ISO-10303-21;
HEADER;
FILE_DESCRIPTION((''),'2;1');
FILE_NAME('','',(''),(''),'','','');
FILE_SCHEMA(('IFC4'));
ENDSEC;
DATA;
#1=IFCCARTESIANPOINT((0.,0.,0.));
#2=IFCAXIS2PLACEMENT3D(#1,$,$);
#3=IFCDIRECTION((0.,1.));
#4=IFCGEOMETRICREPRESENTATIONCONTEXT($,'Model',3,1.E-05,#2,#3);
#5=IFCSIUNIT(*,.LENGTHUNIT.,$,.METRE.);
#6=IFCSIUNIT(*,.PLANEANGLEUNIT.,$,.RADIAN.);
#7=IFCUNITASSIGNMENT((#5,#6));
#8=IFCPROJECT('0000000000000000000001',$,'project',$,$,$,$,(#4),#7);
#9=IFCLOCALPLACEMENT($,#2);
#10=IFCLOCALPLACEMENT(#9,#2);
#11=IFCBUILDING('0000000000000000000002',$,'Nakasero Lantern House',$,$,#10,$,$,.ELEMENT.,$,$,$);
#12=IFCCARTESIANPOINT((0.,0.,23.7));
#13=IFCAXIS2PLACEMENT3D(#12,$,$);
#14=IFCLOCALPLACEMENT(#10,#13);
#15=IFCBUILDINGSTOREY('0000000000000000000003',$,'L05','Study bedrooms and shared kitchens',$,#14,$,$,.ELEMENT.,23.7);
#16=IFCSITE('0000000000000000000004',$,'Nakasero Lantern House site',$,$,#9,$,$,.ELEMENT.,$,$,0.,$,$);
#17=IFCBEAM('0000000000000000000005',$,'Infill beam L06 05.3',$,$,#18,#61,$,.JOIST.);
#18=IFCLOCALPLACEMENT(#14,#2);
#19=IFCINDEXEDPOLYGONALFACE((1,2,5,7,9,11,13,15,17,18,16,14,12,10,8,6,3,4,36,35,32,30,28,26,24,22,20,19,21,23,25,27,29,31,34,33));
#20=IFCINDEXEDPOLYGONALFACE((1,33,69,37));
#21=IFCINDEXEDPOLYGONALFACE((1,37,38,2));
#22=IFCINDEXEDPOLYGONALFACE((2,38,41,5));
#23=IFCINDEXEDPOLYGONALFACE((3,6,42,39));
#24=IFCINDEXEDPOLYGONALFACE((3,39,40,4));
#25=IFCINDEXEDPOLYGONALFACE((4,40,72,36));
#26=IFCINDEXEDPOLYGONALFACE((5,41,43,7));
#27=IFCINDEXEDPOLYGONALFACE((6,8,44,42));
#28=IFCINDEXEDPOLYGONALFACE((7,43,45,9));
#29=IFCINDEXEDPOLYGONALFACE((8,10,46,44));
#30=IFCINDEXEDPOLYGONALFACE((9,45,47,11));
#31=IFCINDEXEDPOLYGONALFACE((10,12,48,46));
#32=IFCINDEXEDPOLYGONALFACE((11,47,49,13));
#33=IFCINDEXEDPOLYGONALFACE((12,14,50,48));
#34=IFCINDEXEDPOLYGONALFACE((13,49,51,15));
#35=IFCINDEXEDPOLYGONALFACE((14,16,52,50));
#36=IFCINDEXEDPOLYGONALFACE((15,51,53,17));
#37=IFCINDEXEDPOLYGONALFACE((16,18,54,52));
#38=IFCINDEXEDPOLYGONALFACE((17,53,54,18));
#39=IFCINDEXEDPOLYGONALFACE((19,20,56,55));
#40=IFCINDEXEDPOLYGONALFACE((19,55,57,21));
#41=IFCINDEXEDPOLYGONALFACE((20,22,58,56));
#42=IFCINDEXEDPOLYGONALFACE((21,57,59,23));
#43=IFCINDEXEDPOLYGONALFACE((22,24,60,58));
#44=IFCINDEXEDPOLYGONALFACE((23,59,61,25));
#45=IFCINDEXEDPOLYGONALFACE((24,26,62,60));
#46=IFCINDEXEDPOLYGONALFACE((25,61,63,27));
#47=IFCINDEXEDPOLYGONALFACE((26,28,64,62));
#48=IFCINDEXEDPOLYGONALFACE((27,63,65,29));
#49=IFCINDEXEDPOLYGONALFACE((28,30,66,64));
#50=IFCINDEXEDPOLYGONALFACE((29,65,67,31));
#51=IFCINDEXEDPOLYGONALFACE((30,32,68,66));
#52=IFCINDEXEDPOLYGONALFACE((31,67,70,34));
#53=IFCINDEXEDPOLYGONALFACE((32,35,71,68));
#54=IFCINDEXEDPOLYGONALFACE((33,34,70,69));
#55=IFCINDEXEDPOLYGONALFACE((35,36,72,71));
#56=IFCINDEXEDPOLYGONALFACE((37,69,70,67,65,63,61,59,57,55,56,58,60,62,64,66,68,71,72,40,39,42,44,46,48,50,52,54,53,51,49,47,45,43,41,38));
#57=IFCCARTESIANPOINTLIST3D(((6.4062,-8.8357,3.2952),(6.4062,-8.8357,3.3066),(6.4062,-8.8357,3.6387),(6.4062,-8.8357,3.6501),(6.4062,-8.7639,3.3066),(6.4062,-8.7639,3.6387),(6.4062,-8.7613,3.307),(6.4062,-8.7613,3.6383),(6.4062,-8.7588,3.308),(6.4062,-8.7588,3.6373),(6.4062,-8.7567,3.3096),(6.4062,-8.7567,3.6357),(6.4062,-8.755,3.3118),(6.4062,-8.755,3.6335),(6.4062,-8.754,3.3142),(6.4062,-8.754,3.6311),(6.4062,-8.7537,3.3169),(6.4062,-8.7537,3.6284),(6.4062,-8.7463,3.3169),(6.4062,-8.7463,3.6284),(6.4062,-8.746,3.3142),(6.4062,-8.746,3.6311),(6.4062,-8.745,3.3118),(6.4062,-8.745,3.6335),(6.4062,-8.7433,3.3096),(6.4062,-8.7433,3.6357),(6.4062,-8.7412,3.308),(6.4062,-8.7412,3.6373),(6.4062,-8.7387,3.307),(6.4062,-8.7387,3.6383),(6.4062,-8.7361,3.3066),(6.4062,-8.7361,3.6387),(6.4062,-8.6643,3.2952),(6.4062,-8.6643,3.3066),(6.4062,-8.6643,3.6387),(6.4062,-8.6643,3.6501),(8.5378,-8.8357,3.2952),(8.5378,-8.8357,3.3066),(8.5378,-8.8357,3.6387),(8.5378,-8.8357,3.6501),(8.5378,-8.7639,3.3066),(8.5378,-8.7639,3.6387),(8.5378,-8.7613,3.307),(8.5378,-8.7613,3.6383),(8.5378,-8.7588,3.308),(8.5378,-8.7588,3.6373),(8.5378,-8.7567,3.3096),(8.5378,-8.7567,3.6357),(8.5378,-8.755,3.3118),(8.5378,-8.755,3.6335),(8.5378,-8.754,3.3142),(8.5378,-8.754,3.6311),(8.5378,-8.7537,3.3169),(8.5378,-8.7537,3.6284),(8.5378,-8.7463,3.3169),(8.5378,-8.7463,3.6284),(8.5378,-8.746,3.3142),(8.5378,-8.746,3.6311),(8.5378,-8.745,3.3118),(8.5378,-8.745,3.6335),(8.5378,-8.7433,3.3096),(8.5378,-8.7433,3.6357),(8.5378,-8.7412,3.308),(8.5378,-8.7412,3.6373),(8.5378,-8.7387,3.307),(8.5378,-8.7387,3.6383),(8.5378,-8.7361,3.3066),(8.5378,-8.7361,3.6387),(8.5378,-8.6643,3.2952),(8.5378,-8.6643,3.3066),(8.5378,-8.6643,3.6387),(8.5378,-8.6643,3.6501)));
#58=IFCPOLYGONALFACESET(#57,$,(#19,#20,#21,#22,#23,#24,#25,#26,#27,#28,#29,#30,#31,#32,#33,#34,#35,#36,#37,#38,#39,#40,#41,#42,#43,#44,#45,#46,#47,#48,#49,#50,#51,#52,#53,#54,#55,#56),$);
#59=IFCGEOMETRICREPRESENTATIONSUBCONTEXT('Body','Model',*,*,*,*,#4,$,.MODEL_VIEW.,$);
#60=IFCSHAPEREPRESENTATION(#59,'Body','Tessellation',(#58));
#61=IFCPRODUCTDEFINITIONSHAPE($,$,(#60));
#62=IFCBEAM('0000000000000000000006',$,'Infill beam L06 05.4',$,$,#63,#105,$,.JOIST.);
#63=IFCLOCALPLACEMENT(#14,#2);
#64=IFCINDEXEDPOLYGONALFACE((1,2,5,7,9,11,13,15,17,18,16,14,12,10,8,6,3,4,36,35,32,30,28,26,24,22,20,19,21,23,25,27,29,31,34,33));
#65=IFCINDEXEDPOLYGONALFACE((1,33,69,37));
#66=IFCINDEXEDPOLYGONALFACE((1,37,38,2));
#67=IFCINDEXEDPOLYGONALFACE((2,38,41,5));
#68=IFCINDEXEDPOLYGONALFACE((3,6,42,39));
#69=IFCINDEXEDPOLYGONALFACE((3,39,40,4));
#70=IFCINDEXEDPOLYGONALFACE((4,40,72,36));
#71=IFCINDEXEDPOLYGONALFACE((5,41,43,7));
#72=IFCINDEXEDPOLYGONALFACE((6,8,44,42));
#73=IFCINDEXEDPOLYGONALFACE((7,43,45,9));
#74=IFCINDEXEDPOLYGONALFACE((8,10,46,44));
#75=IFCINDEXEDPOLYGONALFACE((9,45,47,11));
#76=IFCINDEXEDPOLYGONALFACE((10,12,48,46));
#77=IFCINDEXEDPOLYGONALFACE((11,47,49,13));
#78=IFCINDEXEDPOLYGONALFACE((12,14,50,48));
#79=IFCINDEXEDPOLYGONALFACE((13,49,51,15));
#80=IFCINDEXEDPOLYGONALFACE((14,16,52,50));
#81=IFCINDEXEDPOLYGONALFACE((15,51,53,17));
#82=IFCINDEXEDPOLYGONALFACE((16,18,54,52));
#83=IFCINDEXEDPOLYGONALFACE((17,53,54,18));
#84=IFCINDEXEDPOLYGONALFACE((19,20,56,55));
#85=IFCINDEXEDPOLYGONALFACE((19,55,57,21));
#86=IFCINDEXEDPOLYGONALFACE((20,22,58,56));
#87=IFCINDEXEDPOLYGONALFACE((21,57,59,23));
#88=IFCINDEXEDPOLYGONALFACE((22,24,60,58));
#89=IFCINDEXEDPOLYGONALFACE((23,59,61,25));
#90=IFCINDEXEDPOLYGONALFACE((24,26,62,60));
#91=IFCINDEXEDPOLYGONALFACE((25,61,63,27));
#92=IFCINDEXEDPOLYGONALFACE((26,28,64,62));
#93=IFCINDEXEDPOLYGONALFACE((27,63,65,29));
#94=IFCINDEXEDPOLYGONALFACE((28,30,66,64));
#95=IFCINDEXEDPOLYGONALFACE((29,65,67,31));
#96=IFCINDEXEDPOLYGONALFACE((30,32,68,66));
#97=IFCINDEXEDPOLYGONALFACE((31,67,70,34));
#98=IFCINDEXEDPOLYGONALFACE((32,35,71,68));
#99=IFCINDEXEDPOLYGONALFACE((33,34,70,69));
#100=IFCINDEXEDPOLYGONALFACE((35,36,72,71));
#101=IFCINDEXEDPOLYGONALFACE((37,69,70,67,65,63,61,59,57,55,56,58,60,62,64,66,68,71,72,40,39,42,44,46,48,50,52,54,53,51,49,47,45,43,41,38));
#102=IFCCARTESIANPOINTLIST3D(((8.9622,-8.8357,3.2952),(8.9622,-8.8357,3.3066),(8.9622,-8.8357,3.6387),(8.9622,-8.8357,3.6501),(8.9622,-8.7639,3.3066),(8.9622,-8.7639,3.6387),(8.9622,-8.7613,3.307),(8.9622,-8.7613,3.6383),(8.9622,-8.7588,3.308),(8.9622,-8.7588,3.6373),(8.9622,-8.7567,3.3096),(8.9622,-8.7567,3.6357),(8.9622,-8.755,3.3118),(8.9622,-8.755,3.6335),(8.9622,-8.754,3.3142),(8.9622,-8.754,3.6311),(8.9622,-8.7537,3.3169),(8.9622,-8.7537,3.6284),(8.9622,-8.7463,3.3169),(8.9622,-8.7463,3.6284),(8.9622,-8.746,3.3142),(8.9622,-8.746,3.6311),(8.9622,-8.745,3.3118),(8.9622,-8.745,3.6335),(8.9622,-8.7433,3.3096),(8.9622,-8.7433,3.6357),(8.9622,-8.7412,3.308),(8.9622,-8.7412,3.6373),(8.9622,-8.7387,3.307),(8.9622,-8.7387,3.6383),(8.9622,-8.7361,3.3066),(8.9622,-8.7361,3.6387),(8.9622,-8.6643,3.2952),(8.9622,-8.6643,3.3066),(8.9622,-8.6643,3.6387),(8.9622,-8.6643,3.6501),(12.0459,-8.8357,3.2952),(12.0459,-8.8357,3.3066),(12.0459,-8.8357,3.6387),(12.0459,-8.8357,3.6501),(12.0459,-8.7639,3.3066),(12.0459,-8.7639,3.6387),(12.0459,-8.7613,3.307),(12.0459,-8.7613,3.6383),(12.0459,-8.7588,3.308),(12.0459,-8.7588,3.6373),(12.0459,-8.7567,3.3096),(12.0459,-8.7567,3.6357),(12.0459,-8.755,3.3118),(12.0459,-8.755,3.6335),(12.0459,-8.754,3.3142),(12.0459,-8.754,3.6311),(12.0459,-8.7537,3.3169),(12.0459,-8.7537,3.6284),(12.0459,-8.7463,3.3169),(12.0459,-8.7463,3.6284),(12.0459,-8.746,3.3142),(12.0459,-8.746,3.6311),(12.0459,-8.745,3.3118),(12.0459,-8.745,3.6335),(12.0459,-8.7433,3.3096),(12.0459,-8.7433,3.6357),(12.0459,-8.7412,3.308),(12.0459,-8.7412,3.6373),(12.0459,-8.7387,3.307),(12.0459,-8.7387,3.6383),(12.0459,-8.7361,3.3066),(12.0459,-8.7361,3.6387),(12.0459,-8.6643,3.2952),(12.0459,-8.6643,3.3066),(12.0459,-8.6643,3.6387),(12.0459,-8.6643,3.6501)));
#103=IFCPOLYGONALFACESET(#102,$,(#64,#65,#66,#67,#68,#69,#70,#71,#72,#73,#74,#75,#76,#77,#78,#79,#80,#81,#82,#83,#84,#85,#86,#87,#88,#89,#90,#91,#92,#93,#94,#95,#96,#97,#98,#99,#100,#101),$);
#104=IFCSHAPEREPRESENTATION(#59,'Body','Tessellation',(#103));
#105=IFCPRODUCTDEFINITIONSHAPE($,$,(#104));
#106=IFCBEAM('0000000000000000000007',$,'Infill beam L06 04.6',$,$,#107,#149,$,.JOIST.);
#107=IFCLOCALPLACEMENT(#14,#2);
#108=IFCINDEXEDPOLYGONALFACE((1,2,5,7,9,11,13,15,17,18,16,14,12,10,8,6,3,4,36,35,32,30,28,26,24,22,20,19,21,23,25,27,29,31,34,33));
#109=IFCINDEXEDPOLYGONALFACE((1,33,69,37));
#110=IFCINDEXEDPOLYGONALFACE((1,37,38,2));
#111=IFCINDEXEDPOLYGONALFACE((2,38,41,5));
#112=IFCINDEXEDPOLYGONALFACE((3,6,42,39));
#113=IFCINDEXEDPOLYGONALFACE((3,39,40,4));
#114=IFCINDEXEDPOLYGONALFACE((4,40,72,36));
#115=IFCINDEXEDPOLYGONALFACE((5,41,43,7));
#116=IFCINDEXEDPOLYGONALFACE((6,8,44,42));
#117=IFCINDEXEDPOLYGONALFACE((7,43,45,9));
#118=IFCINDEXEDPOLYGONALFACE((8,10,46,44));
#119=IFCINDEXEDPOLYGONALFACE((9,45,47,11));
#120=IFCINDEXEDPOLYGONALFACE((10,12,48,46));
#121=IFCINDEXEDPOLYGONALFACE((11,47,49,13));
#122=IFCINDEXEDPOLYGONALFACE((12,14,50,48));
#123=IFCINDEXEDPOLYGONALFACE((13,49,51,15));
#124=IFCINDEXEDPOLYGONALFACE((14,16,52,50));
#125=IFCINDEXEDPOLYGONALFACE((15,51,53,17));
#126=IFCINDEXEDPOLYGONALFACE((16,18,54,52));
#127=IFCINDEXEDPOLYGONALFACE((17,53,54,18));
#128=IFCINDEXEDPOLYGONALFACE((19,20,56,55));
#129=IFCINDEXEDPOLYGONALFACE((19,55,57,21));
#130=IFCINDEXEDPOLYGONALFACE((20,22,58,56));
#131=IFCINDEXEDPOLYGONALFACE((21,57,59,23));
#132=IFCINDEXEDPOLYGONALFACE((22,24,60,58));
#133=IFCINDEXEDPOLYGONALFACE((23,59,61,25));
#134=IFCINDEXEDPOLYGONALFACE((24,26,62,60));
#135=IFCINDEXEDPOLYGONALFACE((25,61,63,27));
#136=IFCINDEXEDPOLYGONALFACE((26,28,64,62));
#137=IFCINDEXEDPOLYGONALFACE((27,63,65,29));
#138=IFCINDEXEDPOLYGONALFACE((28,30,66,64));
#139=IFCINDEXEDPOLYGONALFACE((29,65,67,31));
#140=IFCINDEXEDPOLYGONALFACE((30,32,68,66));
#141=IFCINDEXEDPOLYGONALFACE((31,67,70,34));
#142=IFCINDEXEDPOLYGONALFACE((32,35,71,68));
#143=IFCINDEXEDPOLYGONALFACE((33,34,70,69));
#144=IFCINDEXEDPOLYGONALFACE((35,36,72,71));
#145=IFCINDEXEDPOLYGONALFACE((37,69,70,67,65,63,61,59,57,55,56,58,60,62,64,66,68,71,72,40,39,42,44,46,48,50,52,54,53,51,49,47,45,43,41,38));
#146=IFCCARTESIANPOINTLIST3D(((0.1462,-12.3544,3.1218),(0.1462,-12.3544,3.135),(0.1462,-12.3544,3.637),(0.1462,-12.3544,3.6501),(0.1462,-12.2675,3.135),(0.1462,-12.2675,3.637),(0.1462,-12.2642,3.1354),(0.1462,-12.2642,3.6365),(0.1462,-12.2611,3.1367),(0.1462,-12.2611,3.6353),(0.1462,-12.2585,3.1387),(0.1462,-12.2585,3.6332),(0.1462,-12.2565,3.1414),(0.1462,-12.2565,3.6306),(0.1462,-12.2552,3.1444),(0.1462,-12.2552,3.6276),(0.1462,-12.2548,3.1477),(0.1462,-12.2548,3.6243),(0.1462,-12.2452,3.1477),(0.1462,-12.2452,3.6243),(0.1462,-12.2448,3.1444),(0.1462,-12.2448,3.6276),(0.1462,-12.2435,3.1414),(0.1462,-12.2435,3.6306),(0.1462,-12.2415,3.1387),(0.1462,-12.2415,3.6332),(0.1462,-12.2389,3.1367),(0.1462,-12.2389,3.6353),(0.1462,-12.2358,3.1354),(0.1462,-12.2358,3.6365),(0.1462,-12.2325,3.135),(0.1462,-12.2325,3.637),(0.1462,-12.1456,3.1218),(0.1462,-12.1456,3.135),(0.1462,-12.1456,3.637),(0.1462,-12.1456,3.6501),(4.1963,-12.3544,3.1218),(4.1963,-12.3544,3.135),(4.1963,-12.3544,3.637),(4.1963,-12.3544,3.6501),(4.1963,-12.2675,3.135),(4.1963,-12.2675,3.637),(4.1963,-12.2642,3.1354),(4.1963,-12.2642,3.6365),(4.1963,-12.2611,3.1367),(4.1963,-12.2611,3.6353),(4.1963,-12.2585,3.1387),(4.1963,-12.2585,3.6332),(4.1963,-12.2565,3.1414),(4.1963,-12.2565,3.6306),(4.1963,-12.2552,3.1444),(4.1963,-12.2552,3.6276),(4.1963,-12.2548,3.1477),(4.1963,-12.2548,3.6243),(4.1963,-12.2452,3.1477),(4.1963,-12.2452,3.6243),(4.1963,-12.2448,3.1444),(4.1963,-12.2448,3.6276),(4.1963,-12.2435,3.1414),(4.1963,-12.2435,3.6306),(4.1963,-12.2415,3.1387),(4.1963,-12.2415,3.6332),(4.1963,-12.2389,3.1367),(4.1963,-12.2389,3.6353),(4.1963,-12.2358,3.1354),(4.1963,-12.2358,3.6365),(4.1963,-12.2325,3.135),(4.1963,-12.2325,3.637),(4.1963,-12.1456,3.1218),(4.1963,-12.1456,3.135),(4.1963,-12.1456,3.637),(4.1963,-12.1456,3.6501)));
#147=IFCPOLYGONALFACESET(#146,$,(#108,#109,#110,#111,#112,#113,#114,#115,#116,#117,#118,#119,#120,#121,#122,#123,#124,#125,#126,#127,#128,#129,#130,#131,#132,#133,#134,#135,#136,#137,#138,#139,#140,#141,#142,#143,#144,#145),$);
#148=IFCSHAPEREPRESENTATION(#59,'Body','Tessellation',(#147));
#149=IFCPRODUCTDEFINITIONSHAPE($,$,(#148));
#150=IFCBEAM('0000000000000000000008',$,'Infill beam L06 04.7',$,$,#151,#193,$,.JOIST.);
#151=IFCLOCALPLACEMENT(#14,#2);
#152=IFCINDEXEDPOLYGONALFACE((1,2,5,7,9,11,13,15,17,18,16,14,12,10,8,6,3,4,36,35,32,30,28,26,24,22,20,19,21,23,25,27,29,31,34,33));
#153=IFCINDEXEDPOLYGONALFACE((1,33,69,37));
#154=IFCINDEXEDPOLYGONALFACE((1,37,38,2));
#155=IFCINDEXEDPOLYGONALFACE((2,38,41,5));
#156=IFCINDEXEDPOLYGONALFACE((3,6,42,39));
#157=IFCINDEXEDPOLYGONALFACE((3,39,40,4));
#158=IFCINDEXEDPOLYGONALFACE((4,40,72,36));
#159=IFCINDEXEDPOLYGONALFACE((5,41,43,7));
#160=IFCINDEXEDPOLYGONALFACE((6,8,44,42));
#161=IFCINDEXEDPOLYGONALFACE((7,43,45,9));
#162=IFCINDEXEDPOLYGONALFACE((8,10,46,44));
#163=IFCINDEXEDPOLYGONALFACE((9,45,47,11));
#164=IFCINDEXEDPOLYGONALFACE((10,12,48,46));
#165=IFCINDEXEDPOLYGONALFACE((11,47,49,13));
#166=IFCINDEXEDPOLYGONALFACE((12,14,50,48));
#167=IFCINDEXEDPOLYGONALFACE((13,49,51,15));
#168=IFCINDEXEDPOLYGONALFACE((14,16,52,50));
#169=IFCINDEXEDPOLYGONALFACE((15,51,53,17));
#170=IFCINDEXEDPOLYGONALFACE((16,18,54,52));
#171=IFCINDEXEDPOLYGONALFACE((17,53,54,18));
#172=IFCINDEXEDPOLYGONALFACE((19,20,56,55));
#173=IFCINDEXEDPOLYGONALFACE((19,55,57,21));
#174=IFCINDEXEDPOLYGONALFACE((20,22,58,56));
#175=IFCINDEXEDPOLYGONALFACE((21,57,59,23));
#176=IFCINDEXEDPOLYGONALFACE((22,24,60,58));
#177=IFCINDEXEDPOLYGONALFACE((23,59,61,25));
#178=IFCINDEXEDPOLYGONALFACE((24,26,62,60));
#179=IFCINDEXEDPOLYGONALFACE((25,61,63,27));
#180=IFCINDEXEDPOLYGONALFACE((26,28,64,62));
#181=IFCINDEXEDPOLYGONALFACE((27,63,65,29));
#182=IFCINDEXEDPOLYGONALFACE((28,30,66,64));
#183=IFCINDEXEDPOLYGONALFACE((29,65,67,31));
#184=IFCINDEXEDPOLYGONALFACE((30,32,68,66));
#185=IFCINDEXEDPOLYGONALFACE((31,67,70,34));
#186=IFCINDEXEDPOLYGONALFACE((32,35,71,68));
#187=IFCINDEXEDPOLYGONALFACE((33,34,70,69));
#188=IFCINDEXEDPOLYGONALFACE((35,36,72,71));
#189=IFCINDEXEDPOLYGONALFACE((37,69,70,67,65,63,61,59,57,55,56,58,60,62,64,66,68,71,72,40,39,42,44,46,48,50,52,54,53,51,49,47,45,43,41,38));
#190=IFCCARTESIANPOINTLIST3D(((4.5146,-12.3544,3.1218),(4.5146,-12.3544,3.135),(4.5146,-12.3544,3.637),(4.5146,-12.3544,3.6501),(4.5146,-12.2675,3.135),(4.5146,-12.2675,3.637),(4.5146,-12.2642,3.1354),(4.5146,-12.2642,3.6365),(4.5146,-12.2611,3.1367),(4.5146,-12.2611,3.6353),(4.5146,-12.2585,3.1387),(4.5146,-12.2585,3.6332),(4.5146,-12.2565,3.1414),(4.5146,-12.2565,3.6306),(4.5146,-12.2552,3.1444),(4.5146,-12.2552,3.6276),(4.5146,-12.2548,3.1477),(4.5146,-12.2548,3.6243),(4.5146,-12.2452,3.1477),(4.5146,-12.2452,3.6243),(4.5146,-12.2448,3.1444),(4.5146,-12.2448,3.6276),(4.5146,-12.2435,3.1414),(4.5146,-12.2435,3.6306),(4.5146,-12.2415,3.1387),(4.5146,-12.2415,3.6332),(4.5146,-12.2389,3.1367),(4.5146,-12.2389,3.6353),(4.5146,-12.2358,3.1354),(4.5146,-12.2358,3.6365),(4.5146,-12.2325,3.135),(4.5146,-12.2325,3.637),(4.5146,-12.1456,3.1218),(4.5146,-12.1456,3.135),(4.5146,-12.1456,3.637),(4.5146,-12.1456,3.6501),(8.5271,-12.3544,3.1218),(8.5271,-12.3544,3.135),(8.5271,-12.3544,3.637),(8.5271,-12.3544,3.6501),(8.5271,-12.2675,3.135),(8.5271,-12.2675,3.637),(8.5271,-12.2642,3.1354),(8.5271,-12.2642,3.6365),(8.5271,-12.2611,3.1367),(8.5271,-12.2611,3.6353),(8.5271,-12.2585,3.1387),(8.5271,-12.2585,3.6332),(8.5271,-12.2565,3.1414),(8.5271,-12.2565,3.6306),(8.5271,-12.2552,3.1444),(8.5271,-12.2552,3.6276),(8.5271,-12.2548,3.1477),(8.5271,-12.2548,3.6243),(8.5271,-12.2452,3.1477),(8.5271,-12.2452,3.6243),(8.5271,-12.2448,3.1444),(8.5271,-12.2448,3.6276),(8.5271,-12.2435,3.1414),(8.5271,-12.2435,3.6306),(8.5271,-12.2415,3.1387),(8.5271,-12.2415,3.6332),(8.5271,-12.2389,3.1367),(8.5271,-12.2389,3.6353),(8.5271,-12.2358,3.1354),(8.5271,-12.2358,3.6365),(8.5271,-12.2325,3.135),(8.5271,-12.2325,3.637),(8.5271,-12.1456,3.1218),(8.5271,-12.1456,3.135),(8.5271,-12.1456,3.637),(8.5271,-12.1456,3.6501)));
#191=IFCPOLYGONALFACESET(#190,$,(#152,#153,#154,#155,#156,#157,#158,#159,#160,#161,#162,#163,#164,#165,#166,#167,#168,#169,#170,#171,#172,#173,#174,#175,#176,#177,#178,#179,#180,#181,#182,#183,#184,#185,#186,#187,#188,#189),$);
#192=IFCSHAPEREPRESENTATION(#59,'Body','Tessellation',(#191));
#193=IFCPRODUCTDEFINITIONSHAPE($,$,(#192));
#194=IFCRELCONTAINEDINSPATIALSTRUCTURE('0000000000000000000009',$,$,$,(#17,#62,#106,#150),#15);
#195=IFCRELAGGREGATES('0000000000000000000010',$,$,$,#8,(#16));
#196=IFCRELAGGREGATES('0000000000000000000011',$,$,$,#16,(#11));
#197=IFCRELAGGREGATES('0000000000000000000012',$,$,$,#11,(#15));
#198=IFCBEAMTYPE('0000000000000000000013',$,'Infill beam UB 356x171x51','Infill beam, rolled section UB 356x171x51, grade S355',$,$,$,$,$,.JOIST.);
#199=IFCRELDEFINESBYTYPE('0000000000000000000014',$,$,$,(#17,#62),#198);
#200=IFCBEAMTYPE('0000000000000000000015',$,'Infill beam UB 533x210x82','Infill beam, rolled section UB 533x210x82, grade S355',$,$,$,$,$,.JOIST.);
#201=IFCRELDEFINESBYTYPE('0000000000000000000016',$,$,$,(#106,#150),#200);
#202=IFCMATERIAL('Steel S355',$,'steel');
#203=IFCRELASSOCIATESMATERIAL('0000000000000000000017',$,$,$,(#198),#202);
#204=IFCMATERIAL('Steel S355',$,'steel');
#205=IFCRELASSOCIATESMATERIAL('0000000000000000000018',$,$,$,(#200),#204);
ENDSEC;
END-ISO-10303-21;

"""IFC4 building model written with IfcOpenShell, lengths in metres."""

from ifc_helpers import new_model, si_unit, direction, frame, origin, origin_2d, place, context, subcontext, project, spatial, i_section, extrude, material, material_profile, profile_set, type_object, element, save


model = new_model("IFC4")

# Units and contexts
model_context = context("Model", 3, precision=1e-05, world=origin(), true_north=direction((0.0, 1.0)))
body_context = subcontext(model_context, "Body", "Model", "MODEL_VIEW")
ifc_project = project(units=[si_unit("LENGTHUNIT", "METRE"), si_unit("PLANEANGLEUNIT", "RADIAN")], contexts=[model_context])

# Site, building, storey
site_placement = place(None, origin())
site = spatial("IfcSite", under=ifc_project, at=site_placement, Name="Nakasero Lantern House site", CompositionType="ELEMENT", RefElevation=0.0)
building_placement = place(site_placement, origin())
building = spatial("IfcBuilding", under=site, at=building_placement, Name="Nakasero Lantern House", CompositionType="ELEMENT")
storey_placement = place(building_placement, frame((0.0, 0.0, 23.7)))
storey = spatial("IfcBuildingStorey", under=building, at=storey_placement, Name="L05", Description="Study bedrooms and shared kitchens", CompositionType="ELEMENT", Elevation=23.7)

# Beams
ifc_material_1 = material(Name="Steel S355", Category="steel")
ifc_material_profile_1 = material_profile(ifc_material_1, i_section(OverallWidth=0.1714, OverallDepth=0.355, WebThickness=0.0073, FlangeThickness=0.0115, FilletRadius=0.0103, at=origin_2d()), Name="UB 356x171x51")
ifc_profile_set_1 = profile_set([ifc_material_profile_1], Name="Steel S355")
beam_type_1 = type_object("IfcBeamType", Name="Infill beam UB 356x171x51", Description="Infill beam, rolled section UB 356x171x51, grade S355", PredefinedType="JOIST", material=ifc_profile_set_1)
beam_1_placement = place(storey_placement, frame((6.4062, -8.75, 3.4727), z_axis=(1.0, 0.0, 0.0), x_axis=(0.0, 1.0, 0.0)))
element("IfcBeam", 1, at=beam_1_placement, inside=storey, type_object=beam_type_1, Name="Infill beam L06 05.3", PredefinedType="JOIST", context=body_context, shape_type="SweptSolid", body=[
    extrude(i_section(OverallWidth=0.1714, OverallDepth=0.355, WebThickness=0.0073, FlangeThickness=0.0115, FilletRadius=0.0103, at=origin_2d()), origin(), (0.0, 0.0, 1.0), 2.1316),
])
beam_2_placement = place(storey_placement, frame((8.9622, -8.75, 3.4727), z_axis=(1.0, 0.0, 0.0), x_axis=(0.0, 1.0, 0.0)))
element("IfcBeam", 2, at=beam_2_placement, inside=storey, type_object=beam_type_1, Name="Infill beam L06 05.4", PredefinedType="JOIST", context=body_context, shape_type="SweptSolid", body=[
    extrude(i_section(OverallWidth=0.1714, OverallDepth=0.355, WebThickness=0.0073, FlangeThickness=0.0115, FilletRadius=0.0103, at=origin_2d()), origin(), (0.0, 0.0, 1.0), 3.0837),
])
ifc_material_2 = material(Name="Steel S355", Category="steel")
ifc_material_profile_2 = material_profile(ifc_material_2, i_section(OverallWidth=0.2087, OverallDepth=0.5283, WebThickness=0.0095, FlangeThickness=0.0132, FilletRadius=0.0127, at=origin_2d()), Name="UB 533x210x82")
ifc_profile_set_2 = profile_set([ifc_material_profile_2], Name="Steel S355")
beam_type_2 = type_object("IfcBeamType", Name="Infill beam UB 533x210x82", Description="Infill beam, rolled section UB 533x210x82, grade S355", PredefinedType="JOIST", material=ifc_profile_set_2)
beam_3_placement = place(storey_placement, frame((0.1462, -12.25, 3.386), z_axis=(1.0, 0.0, 0.0), x_axis=(0.0, 1.0, 0.0)))
element("IfcBeam", 3, at=beam_3_placement, inside=storey, type_object=beam_type_2, Name="Infill beam L06 04.6", PredefinedType="JOIST", context=body_context, shape_type="SweptSolid", body=[
    extrude(i_section(OverallWidth=0.2087, OverallDepth=0.5283, WebThickness=0.0095, FlangeThickness=0.0132, FilletRadius=0.0127, at=origin_2d()), origin(), (0.0, 0.0, 1.0), 4.05),
])
beam_4_placement = place(storey_placement, frame((4.5146, -12.25, 3.386), z_axis=(1.0, 0.0, 0.0), x_axis=(0.0, 1.0, 0.0)))
element("IfcBeam", 4, at=beam_4_placement, inside=storey, type_object=beam_type_2, Name="Infill beam L06 04.7", PredefinedType="JOIST", context=body_context, shape_type="SweptSolid", body=[
    extrude(i_section(OverallWidth=0.2087, OverallDepth=0.5283, WebThickness=0.0095, FlangeThickness=0.0132, FilletRadius=0.0127, at=origin_2d()), origin(), (0.0, 0.0, 1.0), 4.0125),
])

save(model, "model.ifc")
